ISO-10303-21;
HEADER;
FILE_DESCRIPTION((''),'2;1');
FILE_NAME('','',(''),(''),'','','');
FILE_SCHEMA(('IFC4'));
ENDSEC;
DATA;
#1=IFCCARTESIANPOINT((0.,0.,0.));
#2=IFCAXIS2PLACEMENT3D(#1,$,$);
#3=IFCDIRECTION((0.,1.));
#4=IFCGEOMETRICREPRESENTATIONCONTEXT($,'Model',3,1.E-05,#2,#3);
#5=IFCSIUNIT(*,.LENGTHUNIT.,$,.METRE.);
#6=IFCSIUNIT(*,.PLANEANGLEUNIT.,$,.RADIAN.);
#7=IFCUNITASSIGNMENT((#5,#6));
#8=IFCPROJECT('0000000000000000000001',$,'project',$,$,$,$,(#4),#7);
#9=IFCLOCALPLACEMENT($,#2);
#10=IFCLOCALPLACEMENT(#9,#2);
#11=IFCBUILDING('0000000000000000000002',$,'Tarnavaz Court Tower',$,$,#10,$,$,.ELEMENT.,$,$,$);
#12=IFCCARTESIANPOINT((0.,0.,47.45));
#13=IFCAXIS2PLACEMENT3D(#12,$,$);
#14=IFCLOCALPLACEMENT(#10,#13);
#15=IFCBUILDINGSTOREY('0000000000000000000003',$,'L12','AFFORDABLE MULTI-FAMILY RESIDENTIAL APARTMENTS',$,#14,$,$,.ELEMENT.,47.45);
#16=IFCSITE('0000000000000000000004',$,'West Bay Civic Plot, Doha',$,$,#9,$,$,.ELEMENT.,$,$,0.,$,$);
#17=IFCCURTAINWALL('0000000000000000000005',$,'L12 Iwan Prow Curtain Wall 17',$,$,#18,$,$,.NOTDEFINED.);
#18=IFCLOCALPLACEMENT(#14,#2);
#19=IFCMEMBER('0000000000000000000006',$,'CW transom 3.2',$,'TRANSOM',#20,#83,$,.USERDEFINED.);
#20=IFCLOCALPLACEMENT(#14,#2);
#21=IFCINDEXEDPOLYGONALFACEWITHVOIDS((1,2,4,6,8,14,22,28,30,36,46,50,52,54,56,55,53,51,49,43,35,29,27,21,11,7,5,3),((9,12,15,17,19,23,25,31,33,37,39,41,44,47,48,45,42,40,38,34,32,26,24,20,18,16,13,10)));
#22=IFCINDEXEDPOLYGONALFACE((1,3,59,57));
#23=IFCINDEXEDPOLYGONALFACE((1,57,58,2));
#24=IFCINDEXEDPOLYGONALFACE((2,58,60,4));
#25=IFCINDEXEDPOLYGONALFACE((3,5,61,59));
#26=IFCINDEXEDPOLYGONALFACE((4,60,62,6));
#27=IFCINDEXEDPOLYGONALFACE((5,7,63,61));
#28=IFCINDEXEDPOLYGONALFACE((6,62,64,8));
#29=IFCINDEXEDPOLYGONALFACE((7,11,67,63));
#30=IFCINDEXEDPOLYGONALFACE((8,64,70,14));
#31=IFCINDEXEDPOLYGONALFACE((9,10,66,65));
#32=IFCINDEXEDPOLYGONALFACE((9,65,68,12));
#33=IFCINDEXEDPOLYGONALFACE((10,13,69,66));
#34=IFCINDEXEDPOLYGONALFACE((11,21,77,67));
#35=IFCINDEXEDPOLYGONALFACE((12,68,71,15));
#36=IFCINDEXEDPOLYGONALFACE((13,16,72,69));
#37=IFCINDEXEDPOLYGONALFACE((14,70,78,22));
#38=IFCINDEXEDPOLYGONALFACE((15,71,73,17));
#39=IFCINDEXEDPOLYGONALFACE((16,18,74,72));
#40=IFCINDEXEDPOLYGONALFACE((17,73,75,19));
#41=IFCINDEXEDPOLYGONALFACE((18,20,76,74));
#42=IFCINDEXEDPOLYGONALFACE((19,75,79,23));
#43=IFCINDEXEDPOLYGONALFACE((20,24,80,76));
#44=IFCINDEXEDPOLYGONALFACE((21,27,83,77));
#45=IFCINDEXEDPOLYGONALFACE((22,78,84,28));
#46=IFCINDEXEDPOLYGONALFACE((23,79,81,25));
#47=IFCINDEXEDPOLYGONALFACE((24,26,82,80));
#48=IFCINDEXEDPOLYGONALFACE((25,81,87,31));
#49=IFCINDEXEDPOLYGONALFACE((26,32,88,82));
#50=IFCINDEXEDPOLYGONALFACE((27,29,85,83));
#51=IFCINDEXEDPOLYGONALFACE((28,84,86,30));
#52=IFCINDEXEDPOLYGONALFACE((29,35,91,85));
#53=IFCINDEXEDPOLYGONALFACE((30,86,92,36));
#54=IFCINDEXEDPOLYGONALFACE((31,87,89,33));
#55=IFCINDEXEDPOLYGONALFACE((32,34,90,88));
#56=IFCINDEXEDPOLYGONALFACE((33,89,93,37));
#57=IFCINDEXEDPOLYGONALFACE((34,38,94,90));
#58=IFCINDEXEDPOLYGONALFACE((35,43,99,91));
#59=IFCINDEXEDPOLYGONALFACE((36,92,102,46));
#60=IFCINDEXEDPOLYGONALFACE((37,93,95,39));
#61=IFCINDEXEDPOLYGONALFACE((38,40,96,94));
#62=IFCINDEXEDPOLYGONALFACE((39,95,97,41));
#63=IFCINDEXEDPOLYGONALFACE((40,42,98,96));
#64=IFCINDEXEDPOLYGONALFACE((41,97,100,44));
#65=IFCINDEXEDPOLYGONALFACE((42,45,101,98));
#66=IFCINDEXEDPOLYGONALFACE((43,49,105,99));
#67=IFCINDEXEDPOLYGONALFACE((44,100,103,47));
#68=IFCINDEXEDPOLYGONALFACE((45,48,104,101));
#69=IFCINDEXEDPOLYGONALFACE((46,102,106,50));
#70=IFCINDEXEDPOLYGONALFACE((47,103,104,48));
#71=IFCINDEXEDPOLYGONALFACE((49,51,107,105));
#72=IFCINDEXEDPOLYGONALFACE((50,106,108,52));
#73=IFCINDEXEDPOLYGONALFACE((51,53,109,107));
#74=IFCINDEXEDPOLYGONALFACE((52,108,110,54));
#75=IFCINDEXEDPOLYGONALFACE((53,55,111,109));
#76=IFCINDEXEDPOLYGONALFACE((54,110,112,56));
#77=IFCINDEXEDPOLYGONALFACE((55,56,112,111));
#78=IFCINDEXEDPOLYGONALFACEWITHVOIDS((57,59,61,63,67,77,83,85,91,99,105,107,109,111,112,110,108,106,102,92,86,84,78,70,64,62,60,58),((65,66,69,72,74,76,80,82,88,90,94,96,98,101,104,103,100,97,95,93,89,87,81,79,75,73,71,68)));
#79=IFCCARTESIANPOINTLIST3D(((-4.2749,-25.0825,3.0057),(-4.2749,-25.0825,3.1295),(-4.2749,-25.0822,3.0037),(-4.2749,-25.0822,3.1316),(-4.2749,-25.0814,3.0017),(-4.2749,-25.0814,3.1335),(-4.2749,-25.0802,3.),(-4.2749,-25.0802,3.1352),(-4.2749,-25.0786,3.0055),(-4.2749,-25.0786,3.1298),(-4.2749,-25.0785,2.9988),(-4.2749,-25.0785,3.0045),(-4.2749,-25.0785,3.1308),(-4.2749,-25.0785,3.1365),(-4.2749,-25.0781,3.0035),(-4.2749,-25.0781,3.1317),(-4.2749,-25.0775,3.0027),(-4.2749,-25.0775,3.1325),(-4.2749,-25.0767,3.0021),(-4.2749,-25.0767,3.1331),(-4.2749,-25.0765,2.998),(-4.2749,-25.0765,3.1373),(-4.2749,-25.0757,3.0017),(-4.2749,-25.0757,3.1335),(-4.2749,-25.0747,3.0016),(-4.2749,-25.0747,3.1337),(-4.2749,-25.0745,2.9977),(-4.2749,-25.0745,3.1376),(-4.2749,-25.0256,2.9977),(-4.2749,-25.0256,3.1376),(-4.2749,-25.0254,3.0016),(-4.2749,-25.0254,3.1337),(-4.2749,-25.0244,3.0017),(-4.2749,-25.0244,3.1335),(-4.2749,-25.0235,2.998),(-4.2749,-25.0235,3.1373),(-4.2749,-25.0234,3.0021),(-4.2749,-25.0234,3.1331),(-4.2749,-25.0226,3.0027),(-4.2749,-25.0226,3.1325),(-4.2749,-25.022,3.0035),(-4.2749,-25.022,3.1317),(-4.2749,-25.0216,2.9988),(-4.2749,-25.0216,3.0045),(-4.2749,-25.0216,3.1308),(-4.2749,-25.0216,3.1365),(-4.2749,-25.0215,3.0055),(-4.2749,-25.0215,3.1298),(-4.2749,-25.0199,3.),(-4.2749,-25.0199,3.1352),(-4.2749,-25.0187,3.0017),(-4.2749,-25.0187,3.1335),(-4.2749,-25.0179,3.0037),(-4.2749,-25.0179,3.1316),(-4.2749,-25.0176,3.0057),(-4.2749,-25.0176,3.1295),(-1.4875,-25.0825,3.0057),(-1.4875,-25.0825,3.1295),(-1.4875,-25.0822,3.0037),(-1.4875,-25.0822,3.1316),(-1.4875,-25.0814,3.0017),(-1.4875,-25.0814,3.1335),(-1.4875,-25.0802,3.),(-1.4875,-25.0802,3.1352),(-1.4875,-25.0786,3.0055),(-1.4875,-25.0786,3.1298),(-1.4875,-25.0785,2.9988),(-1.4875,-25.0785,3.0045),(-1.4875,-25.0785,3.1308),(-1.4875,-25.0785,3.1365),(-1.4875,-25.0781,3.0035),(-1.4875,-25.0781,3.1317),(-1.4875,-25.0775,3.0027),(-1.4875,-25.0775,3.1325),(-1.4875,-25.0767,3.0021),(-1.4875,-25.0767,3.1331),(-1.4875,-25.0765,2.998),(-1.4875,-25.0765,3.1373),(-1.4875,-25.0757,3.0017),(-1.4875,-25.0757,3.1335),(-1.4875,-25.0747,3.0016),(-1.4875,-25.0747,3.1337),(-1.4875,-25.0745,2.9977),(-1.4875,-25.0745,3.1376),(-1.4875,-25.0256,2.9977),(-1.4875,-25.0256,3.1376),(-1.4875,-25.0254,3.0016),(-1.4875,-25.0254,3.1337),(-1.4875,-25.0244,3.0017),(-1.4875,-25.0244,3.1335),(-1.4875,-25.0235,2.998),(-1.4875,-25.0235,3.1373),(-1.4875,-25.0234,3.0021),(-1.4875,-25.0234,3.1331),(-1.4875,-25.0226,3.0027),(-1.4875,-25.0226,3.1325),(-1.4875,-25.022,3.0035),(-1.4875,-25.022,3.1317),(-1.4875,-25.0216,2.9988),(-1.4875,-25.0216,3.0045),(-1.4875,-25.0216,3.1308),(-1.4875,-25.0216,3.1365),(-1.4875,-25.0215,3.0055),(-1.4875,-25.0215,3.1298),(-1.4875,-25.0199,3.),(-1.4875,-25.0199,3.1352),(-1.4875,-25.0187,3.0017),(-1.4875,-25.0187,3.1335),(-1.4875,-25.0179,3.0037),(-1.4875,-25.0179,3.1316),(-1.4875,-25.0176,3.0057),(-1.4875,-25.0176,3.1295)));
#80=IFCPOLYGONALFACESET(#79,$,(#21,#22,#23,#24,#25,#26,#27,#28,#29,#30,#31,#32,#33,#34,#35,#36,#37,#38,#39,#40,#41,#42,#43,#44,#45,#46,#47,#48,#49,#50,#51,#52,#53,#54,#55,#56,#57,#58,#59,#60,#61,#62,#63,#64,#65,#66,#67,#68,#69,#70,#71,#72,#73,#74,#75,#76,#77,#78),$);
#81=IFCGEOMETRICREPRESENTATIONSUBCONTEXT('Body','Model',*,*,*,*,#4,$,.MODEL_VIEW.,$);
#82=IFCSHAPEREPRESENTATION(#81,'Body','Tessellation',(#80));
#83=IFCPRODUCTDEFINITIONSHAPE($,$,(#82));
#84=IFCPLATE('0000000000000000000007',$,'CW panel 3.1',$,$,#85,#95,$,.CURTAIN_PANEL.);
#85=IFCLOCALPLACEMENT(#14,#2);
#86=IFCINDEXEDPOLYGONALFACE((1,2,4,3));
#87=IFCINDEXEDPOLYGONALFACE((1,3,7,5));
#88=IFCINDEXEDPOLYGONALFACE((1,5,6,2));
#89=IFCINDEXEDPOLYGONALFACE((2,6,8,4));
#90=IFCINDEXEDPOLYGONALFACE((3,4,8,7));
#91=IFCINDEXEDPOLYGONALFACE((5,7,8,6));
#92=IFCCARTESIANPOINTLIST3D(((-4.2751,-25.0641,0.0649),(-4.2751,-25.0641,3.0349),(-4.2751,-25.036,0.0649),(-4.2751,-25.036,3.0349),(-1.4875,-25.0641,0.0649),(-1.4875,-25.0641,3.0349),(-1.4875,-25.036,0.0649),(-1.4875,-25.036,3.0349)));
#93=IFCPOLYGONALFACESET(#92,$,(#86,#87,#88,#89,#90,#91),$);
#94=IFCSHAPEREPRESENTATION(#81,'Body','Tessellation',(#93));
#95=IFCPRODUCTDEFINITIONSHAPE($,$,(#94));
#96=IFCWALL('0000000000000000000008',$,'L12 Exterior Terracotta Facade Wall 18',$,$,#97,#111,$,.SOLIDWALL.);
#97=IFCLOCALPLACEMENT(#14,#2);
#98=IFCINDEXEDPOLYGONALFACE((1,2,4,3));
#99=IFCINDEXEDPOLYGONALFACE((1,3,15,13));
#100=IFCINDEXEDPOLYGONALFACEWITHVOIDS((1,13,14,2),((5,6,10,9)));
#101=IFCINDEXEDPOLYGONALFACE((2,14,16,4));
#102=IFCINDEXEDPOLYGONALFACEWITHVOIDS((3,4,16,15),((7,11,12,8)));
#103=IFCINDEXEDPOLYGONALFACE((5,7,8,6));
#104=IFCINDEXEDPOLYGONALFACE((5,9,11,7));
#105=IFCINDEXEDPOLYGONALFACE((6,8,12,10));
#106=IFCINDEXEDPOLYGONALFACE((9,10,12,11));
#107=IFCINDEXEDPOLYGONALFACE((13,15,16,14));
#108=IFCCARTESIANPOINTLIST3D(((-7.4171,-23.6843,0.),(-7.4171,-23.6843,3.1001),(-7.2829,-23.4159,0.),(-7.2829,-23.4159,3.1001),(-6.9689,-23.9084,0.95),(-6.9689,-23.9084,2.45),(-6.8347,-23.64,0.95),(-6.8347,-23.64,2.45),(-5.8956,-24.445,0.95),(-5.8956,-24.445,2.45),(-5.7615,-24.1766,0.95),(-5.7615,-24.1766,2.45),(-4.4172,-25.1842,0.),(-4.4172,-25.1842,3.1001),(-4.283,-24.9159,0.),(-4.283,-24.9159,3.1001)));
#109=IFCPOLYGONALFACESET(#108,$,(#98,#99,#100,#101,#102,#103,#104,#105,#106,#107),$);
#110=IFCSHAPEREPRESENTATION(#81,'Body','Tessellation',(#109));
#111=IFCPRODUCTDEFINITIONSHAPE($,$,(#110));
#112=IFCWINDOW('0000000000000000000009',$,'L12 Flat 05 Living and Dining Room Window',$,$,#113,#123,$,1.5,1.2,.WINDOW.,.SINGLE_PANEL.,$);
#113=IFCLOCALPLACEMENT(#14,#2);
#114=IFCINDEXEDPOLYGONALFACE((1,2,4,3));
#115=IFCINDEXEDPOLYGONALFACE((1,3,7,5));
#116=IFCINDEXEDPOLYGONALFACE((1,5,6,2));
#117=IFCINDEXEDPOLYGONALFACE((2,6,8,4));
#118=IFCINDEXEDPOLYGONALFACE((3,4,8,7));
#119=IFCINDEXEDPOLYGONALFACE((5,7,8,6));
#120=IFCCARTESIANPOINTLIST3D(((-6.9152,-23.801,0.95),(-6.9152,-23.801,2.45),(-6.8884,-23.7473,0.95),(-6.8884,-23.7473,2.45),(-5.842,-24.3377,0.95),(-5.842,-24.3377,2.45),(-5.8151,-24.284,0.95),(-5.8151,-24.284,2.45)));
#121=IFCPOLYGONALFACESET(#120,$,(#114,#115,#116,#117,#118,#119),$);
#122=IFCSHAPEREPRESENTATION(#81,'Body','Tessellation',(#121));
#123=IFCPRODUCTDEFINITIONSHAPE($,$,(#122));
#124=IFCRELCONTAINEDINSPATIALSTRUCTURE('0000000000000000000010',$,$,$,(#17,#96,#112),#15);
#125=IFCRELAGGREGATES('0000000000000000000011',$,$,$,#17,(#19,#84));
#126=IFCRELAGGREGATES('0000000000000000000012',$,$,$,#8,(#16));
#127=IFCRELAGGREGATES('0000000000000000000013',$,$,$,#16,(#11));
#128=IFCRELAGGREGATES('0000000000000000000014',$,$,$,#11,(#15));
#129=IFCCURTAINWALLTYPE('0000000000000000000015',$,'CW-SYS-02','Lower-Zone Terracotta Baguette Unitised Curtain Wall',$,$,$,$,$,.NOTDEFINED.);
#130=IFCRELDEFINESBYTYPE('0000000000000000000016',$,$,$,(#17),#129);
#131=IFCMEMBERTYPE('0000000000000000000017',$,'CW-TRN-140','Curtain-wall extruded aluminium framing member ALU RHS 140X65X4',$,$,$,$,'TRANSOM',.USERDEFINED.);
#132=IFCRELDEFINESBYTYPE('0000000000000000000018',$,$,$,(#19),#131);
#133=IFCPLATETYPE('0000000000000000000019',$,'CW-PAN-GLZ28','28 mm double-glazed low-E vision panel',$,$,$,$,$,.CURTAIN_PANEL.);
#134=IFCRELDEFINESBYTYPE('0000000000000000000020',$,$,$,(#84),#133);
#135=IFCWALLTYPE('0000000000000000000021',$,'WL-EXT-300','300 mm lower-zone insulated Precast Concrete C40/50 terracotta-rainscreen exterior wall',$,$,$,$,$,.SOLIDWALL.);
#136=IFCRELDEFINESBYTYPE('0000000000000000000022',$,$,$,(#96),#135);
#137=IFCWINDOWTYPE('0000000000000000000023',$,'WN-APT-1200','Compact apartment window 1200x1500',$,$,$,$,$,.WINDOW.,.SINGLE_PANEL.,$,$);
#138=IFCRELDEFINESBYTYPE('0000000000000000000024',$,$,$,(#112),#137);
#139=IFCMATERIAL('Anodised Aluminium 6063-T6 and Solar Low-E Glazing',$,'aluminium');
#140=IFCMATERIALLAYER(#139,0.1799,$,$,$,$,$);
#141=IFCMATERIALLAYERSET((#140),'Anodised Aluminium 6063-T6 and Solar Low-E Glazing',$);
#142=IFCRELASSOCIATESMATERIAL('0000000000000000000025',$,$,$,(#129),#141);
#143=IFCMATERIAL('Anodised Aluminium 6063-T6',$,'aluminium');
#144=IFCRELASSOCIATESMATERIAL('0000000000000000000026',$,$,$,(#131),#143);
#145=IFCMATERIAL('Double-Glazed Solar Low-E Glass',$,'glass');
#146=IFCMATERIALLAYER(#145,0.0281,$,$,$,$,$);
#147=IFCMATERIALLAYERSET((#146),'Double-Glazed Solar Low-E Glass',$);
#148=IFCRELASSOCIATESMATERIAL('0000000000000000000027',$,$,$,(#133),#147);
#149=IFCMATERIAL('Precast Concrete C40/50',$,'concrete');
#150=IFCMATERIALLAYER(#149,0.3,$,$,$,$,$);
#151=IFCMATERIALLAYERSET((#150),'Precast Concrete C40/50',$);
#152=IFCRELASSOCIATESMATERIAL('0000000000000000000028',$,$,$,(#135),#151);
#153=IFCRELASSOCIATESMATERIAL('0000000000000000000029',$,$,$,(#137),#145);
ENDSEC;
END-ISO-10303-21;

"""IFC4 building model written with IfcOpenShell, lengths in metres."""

from ifc_helpers import new_model, si_unit, direction, frame, frame_2d, origin, origin_2d, place, context, subcontext, project, spatial, rectangle, hollow_rectangle, extrude, material, layer, layer_set, material_profile, profile_set, type_object, element, fill, aggregate, save


model = new_model("IFC4")

# Units and contexts
model_context = context("Model", 3, precision=1e-05, world=origin(), true_north=direction((0.0, 1.0)))
body_context = subcontext(model_context, "Body", "Model", "MODEL_VIEW")
ifc_project = project(units=[si_unit("LENGTHUNIT", "METRE"), si_unit("PLANEANGLEUNIT", "RADIAN")], contexts=[model_context])

# Site, building, storey
site_placement = place(None, origin())
site = spatial("IfcSite", under=ifc_project, at=site_placement, Name="West Bay Civic Plot, Doha", CompositionType="ELEMENT", RefElevation=0.0)
building_placement = place(site_placement, origin())
building = spatial("IfcBuilding", under=site, at=building_placement, Name="Tarnavaz Court Tower", CompositionType="ELEMENT")
storey_placement = place(building_placement, frame((0.0, 0.0, 47.45)))
storey = spatial("IfcBuildingStorey", under=building, at=storey_placement, Name="L12", Description="AFFORDABLE MULTI-FAMILY RESIDENTIAL APARTMENTS", CompositionType="ELEMENT", Elevation=47.45)

# Curtain wall, member, plate
ifc_material_1 = material(Name="Anodised Aluminium 6063-T6 and Solar Low-E Glazing", Category="aluminium")
ifc_layer_1 = layer(ifc_material_1, 0.1799)
ifc_layer_set_1 = layer_set([ifc_layer_1], Name="Anodised Aluminium 6063-T6 and Solar Low-E Glazing")
curtain_wall_type = type_object("IfcCurtainWallType", Name="CW-SYS-02", Description="Lower-Zone Terracotta Baguette Unitised Curtain Wall", PredefinedType="NOTDEFINED", material=ifc_layer_set_1)
curtain_wall_placement = place(storey_placement, origin())
curtain_wall = element("IfcCurtainWall", 1, at=curtain_wall_placement, inside=storey, type_object=curtain_wall_type, Name="L12 Iwan Prow Curtain Wall 17", PredefinedType="NOTDEFINED")
ifc_material_2 = material(Name="Anodised Aluminium 6063-T6", Category="aluminium")
ifc_material_profile_1 = material_profile(ifc_material_2, hollow_rectangle(XDim=0.0649, YDim=0.1399, WallThickness=0.0039, InnerFilletRadius=0.0039, OuterFilletRadius=0.0081, at=origin_2d()), Name="ALU RHS 140X65X4")
ifc_profile_set_1 = profile_set([ifc_material_profile_1], Name="Anodised Aluminium 6063-T6")
member_type_1 = type_object("IfcMemberType", Name="CW-TRN-140", Description="Curtain-wall extruded aluminium framing member ALU RHS 140X65X4", ElementType="TRANSOM", PredefinedType="USERDEFINED", material=ifc_profile_set_1)
member_1_placement = place(storey_placement, frame((-1.4875, -25.05, 3.0676), z_axis=(-1.0, 0.0, 0.0), x_axis=(0.0, -1.0, 0.0)))
member_1 = element("IfcMember", 2, at=member_1_placement, type_object=member_type_1, Name="CW transom 3.2", ObjectType="TRANSOM", PredefinedType="USERDEFINED", context=body_context, shape_type="SweptSolid", body=[
    extrude(hollow_rectangle(XDim=0.0649, YDim=0.1399, WallThickness=0.0039, InnerFilletRadius=0.0039, OuterFilletRadius=0.0081, at=origin_2d()), origin(), (0.0, 0.0, 1.0), 2.7874),
])
ifc_material_3 = material(Name="Double-Glazed Solar Low-E Glass", Category="glass")
ifc_layer_2 = layer(ifc_material_3, 0.0281)
ifc_layer_set_2 = layer_set([ifc_layer_2], Name="Double-Glazed Solar Low-E Glass")
plate_type = type_object("IfcPlateType", Name="CW-PAN-GLZ28", Description="28 mm double-glazed low-E vision panel", PredefinedType="CURTAIN_PANEL", material=ifc_layer_set_2)
plate_placement = place(storey_placement, frame((-2.8813, -25.05, 0.0649), z_axis=(0.0, 0.0, 1.0), x_axis=(-1.0, 0.0, 0.0)))
plate = element("IfcPlate", 3, at=plate_placement, type_object=plate_type, Name="CW panel 3.1", PredefinedType="CURTAIN_PANEL", context=body_context, shape_type="SweptSolid", body=[
    extrude(rectangle(XDim=2.7876, YDim=0.0281, at=origin_2d()), origin(), (0.0, 0.0, 1.0), 2.97),
])
aggregate(curtain_wall, [member_1, plate])

# Wall, opening, window
ifc_material_4 = material(Name="Precast Concrete C40/50", Category="concrete")
ifc_layer_3 = layer(ifc_material_4, 0.3)
ifc_layer_set_3 = layer_set([ifc_layer_3], Name="Precast Concrete C40/50")
wall_type_1 = type_object("IfcWallType", Name="WL-EXT-300", Description="300 mm lower-zone insulated Precast Concrete C40/50 terracotta-rainscreen exterior wall", PredefinedType="SOLIDWALL", material=ifc_layer_set_3)
wall_1_placement = place(storey_placement, frame((-4.3501, -25.05, 0.0), z_axis=(0.0, 0.0, 1.0), x_axis=(-0.894427, 0.447214, 0.0)))
wall_1 = element("IfcWall", 4, at=wall_1_placement, inside=storey, type_object=wall_type_1, Name="L12 Exterior Terracotta Facade Wall 18", PredefinedType="SOLIDWALL", context=body_context, shape_type="SweptSolid", body=[
    extrude(rectangle(XDim=3.354, YDim=0.3, at=frame_2d((1.677, 0.0))), origin(), (0.0, 0.0, 1.0), 3.1001),
])
opening_1_placement = place(wall_1_placement, frame((1.6528, 0.0, 0.95)))
opening_1 = element("IfcOpeningElement", 5, at=opening_1_placement, cuts=wall_1, PredefinedType="OPENING", context=body_context, shape_type="SweptSolid", body=[
    extrude(rectangle(XDim=1.2, YDim=1.5, at=frame_2d((0.6001, 0.75))), frame((0.0, 0.1599, 0.0), z_axis=(0.0, -1.0, 0.0), x_axis=(1.0, 0.0, 0.0)), (0.0, 0.0, 1.0), 0.3201),
])
window_type_1 = type_object("IfcWindowType", Name="WN-APT-1200", Description="Compact apartment window 1200x1500", PartitioningType="SINGLE_PANEL", PredefinedType="WINDOW", material=ifc_material_3)
window_1_placement = place(opening_1_placement, origin())
window_1 = element("IfcWindow", 6, at=window_1_placement, inside=storey, type_object=window_type_1, Name="L12 Flat 05 Living and Dining Room Window", OverallHeight=1.5, OverallWidth=1.2, PartitioningType="SINGLE_PANEL", PredefinedType="WINDOW", context=body_context, shape_type="SweptSolid", body=[
    extrude(rectangle(XDim=1.2, YDim=1.5, at=frame_2d((0.6001, 0.75))), frame((0.0, 0.03, 0.0), z_axis=(0.0, -1.0, 0.0), x_axis=(1.0, 0.0, 0.0)), (0.0, 0.0, 1.0), 0.0601),
])
fill(opening_1, window_1)

save(model, "model.ifc")
